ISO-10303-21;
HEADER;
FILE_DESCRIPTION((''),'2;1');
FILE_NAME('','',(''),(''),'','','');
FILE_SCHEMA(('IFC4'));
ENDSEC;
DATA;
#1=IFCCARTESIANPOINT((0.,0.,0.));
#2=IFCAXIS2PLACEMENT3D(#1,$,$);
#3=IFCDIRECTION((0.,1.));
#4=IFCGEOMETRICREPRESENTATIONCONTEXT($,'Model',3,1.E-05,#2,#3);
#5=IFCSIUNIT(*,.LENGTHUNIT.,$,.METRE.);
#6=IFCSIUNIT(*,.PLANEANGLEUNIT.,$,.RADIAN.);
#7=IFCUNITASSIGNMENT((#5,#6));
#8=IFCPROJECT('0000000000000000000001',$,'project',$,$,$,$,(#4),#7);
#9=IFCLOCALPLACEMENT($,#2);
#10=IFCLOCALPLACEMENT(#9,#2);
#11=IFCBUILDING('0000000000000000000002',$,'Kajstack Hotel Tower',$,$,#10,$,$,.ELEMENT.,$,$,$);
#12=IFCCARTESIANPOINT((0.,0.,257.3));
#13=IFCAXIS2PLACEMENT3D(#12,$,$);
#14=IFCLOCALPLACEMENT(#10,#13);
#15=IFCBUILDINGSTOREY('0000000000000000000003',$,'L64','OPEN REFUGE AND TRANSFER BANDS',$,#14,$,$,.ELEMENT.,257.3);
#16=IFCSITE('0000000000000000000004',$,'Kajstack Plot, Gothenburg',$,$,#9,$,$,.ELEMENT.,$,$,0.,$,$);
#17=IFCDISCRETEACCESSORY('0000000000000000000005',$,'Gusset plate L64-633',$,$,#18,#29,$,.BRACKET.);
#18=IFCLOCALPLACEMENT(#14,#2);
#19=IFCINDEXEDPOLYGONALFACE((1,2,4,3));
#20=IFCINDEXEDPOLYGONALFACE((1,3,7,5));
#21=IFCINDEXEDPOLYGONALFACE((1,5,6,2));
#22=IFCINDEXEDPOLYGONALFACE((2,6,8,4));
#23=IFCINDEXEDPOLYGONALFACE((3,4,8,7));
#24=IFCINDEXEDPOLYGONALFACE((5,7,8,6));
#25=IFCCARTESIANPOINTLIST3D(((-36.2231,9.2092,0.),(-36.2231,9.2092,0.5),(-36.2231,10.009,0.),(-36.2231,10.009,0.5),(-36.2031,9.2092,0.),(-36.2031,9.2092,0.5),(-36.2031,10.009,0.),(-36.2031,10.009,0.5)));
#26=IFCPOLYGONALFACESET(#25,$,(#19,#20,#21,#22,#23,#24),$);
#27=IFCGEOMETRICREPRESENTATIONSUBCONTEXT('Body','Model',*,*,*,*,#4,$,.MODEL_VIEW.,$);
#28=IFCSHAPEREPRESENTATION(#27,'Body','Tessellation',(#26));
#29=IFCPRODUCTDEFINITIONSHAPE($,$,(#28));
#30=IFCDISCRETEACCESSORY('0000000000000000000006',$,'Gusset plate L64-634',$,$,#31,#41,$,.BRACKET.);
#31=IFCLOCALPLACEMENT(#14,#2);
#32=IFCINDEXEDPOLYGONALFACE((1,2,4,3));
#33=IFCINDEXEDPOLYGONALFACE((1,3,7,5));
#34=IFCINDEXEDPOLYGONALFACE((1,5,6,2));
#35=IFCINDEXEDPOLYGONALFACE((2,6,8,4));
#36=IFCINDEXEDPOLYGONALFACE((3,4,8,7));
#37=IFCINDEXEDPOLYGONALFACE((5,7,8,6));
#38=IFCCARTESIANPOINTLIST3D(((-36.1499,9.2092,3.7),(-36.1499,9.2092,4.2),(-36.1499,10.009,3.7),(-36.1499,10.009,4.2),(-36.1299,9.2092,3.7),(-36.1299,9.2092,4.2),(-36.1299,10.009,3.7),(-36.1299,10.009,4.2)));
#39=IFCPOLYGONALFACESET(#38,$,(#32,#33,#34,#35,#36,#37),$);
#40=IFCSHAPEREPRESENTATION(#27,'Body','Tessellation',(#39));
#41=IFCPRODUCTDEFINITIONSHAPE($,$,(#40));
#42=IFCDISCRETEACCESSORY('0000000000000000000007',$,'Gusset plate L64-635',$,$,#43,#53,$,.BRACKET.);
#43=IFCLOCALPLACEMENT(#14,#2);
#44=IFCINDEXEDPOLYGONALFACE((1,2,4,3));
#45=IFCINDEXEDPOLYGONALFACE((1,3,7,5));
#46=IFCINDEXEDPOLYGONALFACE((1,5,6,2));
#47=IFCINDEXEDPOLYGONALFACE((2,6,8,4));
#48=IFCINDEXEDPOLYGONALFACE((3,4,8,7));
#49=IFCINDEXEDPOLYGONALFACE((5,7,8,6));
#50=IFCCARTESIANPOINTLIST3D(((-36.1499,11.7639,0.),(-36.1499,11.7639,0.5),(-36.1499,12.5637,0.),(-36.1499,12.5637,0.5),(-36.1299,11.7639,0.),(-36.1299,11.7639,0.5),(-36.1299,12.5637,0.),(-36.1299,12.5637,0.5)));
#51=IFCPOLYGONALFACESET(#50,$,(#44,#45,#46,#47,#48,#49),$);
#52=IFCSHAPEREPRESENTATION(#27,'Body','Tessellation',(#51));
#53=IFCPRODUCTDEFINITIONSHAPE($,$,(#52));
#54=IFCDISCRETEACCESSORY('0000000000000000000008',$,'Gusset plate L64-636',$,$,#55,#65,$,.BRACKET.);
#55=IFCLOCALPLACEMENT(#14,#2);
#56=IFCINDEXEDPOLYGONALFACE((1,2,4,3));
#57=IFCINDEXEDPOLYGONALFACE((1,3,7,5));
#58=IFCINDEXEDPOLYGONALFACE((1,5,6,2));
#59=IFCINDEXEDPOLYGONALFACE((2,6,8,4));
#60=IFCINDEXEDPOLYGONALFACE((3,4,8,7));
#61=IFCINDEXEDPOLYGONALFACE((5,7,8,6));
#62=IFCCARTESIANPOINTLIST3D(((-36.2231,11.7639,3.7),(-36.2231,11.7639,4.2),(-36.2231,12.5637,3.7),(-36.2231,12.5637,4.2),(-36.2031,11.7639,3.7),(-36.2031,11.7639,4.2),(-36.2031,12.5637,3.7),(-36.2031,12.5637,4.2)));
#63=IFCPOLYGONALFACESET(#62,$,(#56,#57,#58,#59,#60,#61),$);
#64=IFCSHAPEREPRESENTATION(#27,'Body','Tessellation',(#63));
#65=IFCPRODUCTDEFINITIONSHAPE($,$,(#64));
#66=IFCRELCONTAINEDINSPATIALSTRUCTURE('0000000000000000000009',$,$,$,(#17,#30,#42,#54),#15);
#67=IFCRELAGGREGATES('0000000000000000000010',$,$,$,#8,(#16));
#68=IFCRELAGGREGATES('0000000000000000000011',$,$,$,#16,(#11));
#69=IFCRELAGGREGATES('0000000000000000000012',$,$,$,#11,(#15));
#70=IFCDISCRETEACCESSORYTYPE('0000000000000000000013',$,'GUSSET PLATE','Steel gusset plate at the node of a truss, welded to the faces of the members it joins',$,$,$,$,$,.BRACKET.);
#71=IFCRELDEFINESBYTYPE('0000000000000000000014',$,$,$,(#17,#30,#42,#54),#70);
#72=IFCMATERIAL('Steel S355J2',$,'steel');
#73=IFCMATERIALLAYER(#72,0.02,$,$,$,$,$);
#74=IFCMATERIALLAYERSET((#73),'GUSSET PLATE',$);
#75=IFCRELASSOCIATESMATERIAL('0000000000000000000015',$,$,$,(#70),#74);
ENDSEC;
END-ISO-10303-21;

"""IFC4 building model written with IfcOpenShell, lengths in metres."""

from ifc_helpers import new_model, si_unit, direction, frame, origin, place, context, subcontext, project, spatial, polyline, outline, extrude, material, layer, layer_set, type_object, element, save


model = new_model("IFC4")

# Units and contexts
model_context = context("Model", 3, precision=1e-05, world=origin(), true_north=direction((0.0, 1.0)))
body_context = subcontext(model_context, "Body", "Model", "MODEL_VIEW")
ifc_project = project(units=[si_unit("LENGTHUNIT", "METRE"), si_unit("PLANEANGLEUNIT", "RADIAN")], contexts=[model_context])

# Site, building, storey
site_placement = place(None, origin())
site = spatial("IfcSite", under=ifc_project, at=site_placement, Name="Kajstack Plot, Gothenburg", CompositionType="ELEMENT", RefElevation=0.0)
building_placement = place(site_placement, origin())
building = spatial("IfcBuilding", under=site, at=building_placement, Name="Kajstack Hotel Tower", CompositionType="ELEMENT")
storey_placement = place(building_placement, frame((0.0, 0.0, 257.3)))
storey = spatial("IfcBuildingStorey", under=building, at=storey_placement, Name="L64", Description="OPEN REFUGE AND TRANSFER BANDS", CompositionType="ELEMENT", Elevation=257.3)

# Shared definitions
ifc_material = material(Name="Steel S355J2", Category="steel")

# Discrete accessories
ifc_layer = layer(ifc_material, 0.02)
ifc_layer_set = layer_set([ifc_layer], Name="GUSSET PLATE")
discrete_accessory_type = type_object("IfcDiscreteAccessoryType", Name="GUSSET PLATE", Description="Steel gusset plate at the node of a truss, welded to the faces of the members it joins", PredefinedType="BRACKET", material=ifc_layer_set)
for number, where, z_axis, x_axis, name in (
    (1, (-36.2231, 9.6091, 0.0), (1.0, 0.0, 0.0), (0.0, 1.0, 0.0), "Gusset plate L64-633"),
    (2, (-36.1499, 9.6091, 3.7), (1.0, 0.0, 0.0), (0.0, 1.0, 0.0), "Gusset plate L64-634"),
    (3, (-36.1499, 12.1638, 0.0), (1.0, 0.0, 0.0), (0.0, 1.0, 0.0), "Gusset plate L64-635"),
    (4, (-36.2231, 12.1638, 3.7), (1.0, 0.0, 0.0), (0.0, 1.0, 0.0), "Gusset plate L64-636"),
):
    element("IfcDiscreteAccessory", number, at=place(storey_placement, frame(where, z_axis=z_axis, x_axis=x_axis)), inside=storey, type_object=discrete_accessory_type, Name=name, PredefinedType="BRACKET", context=body_context, shape_type="SweptSolid", body=[
        extrude(outline(polyline([(-0.3999, 0.0), (0.3999, 0.0), (0.3999, 0.5), (-0.3999, 0.5), (-0.3999, 0.0)])), origin(), (0.0, 0.0, 1.0), 0.02),
    ])

save(model, "model.ifc")
